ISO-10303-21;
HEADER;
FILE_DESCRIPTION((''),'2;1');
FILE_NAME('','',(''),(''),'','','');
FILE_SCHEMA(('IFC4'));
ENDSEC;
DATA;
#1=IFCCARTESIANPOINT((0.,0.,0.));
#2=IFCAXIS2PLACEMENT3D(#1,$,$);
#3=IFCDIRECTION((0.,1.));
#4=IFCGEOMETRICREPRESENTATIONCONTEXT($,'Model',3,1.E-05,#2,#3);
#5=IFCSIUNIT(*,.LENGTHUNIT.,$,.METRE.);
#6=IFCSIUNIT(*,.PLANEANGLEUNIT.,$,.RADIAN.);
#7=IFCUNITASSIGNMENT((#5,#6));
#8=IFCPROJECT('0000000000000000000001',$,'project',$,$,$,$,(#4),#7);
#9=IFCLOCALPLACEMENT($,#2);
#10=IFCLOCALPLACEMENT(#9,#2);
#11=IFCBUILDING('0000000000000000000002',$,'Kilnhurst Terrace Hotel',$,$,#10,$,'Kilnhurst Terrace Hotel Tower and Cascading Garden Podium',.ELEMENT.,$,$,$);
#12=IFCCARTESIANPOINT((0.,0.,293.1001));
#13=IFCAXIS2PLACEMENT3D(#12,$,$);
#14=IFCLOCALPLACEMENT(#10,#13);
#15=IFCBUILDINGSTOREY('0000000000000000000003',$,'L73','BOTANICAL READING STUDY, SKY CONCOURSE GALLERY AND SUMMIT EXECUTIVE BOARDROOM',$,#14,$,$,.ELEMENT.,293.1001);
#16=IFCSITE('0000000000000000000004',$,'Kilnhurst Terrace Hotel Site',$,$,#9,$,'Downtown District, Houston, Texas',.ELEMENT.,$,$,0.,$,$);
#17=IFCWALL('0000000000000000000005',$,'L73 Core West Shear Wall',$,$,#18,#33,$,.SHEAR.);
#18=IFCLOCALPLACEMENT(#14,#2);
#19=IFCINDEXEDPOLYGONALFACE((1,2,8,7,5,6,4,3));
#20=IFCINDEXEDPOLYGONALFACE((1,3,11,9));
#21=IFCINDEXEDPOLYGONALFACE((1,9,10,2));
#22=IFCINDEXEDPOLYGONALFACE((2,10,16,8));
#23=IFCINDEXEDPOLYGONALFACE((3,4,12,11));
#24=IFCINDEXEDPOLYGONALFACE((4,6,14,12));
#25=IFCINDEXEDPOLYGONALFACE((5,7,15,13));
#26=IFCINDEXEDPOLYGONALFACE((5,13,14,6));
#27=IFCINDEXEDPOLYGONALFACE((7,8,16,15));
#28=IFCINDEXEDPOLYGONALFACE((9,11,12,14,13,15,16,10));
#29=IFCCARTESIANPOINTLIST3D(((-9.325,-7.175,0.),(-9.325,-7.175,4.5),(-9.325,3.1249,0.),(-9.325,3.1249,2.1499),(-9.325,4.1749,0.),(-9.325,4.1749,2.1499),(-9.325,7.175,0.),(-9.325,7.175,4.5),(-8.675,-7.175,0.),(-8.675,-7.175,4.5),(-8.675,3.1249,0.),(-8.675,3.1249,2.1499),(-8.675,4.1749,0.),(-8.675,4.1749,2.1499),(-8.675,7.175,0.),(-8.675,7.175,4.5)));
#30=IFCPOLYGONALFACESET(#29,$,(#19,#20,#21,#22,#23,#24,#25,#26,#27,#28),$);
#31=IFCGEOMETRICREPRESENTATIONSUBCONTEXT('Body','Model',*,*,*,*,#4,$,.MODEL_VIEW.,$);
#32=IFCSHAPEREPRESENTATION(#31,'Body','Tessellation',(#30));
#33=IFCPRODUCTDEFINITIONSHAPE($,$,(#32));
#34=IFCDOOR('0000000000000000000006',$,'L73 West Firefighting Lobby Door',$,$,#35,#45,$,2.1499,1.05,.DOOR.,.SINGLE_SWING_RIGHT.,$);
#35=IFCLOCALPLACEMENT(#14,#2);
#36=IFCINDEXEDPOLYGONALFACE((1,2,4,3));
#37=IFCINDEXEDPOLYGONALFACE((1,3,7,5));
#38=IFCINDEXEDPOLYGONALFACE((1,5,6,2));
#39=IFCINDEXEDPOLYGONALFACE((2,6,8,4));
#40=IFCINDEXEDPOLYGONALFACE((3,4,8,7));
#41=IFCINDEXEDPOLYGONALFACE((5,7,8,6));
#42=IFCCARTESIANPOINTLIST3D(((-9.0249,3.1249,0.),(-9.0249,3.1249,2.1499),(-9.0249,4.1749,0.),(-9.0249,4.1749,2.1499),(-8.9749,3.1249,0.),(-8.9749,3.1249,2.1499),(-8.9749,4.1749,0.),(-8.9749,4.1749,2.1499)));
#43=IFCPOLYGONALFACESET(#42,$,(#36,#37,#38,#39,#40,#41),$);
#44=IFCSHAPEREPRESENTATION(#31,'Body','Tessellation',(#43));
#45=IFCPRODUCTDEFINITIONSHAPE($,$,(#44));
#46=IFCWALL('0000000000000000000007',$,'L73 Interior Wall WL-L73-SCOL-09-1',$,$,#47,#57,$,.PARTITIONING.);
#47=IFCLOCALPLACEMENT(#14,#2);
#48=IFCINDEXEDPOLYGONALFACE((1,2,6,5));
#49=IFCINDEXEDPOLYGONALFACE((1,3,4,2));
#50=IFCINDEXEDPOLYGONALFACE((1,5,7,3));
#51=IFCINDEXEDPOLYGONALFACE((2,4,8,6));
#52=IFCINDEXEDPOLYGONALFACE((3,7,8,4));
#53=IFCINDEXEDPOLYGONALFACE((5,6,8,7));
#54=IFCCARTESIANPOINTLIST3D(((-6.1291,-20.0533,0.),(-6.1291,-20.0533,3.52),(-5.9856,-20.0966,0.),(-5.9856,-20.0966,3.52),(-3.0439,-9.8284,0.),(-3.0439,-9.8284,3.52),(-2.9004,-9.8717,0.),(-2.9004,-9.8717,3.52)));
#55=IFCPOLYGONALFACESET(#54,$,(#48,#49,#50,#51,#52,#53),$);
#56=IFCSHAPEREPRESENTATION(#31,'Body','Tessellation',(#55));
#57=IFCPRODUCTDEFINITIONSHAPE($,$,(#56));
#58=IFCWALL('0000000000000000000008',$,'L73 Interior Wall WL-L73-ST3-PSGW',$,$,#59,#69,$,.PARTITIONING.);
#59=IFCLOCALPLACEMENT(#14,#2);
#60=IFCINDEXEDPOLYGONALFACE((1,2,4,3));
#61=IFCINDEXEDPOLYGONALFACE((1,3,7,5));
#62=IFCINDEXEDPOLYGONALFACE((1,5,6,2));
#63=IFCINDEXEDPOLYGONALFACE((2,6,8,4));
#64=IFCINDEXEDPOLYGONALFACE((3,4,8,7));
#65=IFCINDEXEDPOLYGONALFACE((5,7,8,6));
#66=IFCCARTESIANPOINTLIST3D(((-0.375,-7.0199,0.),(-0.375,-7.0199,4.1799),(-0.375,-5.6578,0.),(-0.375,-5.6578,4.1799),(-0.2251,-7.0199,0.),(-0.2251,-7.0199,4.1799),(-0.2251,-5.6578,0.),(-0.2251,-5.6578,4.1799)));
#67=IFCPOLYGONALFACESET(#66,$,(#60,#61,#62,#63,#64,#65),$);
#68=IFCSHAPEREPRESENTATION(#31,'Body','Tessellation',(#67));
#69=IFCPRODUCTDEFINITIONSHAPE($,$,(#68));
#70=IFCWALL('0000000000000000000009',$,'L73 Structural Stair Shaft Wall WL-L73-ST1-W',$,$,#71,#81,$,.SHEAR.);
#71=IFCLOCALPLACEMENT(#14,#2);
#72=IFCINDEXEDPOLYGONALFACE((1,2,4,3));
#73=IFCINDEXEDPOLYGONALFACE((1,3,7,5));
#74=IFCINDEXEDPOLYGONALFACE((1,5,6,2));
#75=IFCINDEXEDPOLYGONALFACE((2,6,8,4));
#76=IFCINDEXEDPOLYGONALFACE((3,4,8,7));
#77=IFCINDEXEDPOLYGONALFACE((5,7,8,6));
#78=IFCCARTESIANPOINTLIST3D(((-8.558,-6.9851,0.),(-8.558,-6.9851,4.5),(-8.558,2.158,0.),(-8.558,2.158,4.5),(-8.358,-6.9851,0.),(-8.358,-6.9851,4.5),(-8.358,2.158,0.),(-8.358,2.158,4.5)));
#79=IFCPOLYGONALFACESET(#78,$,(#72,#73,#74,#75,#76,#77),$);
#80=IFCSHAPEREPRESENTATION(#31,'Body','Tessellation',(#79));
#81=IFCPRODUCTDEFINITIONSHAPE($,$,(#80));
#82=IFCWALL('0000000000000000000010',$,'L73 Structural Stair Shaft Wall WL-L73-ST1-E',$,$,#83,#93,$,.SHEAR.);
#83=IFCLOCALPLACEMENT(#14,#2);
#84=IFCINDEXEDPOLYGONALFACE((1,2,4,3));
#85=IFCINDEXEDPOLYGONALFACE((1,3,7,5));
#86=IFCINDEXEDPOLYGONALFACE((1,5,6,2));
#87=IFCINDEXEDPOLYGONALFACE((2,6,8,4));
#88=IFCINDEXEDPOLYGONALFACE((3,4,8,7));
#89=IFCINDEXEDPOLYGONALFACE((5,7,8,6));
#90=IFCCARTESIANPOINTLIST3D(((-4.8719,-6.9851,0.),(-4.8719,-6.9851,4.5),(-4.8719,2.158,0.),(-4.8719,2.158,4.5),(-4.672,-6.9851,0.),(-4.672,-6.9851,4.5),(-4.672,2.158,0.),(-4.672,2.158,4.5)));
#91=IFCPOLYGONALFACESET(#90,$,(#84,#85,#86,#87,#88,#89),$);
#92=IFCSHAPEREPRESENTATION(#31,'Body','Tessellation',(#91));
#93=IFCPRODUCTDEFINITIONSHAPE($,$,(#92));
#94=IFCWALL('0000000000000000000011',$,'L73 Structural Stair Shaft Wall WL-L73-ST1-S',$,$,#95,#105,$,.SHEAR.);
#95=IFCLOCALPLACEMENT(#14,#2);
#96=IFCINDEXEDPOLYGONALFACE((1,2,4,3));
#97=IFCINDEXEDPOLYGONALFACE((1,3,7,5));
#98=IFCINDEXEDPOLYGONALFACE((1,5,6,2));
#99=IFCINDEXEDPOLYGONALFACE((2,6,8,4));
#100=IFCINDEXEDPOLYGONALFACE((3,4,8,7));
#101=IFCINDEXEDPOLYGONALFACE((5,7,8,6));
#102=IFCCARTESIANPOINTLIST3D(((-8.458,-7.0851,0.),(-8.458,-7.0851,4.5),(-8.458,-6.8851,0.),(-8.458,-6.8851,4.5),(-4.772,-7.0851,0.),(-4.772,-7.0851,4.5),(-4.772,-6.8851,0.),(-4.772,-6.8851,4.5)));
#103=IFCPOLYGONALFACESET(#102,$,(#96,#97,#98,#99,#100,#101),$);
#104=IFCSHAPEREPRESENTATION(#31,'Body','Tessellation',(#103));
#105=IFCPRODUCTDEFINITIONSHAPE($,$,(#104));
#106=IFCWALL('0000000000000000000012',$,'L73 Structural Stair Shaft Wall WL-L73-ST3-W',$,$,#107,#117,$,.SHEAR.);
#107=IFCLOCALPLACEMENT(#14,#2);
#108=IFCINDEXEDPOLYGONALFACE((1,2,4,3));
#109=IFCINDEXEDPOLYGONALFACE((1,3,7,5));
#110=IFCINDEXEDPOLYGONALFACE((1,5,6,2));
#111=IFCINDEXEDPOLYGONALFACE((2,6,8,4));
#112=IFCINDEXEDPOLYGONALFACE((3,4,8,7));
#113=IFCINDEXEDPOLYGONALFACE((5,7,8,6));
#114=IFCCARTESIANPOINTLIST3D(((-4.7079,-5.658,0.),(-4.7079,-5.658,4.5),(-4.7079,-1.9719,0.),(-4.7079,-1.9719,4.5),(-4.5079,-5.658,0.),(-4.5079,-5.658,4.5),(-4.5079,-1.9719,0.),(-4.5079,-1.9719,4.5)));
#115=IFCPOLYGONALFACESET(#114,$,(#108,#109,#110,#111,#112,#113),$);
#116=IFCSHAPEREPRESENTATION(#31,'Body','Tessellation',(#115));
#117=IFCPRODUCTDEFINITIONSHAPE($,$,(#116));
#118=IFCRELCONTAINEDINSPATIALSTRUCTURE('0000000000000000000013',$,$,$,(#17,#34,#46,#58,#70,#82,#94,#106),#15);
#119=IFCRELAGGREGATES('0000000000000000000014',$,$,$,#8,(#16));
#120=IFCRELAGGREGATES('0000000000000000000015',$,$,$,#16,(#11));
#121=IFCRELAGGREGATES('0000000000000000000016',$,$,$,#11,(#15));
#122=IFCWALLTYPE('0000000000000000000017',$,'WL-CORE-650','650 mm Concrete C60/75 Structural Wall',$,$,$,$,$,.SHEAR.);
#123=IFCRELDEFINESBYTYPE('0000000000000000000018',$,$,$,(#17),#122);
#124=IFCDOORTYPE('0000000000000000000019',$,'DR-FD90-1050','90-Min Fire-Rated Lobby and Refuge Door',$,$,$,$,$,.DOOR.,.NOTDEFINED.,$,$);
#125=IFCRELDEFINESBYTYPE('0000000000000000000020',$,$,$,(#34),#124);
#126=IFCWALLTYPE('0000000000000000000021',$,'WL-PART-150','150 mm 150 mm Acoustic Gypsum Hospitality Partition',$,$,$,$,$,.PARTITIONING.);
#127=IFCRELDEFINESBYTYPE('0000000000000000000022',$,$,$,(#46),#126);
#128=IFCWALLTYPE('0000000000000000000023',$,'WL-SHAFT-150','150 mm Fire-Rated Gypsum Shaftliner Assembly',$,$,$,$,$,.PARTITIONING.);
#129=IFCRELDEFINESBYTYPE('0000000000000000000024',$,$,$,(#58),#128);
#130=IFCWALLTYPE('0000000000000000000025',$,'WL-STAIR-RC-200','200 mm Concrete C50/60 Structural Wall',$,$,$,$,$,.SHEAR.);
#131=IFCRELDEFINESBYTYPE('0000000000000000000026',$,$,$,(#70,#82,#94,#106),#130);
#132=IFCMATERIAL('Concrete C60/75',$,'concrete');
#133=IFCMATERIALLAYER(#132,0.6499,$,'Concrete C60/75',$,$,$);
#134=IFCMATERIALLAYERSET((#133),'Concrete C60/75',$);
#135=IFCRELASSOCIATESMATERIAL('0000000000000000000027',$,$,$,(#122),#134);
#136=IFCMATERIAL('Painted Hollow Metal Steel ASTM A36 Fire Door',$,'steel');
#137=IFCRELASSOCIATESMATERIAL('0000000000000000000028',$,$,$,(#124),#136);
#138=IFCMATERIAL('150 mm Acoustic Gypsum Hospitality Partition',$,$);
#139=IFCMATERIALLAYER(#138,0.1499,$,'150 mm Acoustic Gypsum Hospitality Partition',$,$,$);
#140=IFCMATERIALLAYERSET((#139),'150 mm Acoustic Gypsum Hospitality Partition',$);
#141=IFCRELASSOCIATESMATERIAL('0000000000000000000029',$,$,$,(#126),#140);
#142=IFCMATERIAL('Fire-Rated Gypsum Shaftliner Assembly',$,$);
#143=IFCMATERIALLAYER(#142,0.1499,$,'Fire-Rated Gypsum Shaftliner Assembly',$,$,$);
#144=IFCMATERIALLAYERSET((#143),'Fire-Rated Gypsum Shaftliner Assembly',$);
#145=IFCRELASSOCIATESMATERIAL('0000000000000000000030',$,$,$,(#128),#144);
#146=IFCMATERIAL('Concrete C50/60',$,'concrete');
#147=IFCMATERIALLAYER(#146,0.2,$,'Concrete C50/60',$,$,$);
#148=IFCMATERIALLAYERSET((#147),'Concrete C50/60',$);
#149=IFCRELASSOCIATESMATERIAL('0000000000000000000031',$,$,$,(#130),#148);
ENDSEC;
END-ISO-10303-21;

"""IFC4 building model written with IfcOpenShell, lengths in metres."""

from ifc_helpers import new_model, si_unit, direction, frame, frame_2d, origin, place, context, subcontext, project, spatial, rectangle, extrude, material, layer, layer_set, type_object, element, fill, save


model = new_model("IFC4")

# Units and contexts
model_context = context("Model", 3, precision=1e-05, world=origin(), true_north=direction((0.0, 1.0)))
body_context = subcontext(model_context, "Body", "Model", "MODEL_VIEW")
ifc_project = project(units=[si_unit("LENGTHUNIT", "METRE"), si_unit("PLANEANGLEUNIT", "RADIAN")], contexts=[model_context])

# Site, building, storey
site_placement = place(None, origin())
site = spatial("IfcSite", under=ifc_project, at=site_placement, Name="Kilnhurst Terrace Hotel Site", LongName="Downtown District, Houston, Texas", CompositionType="ELEMENT", RefElevation=0.0)
building_placement = place(site_placement, origin())
building = spatial("IfcBuilding", under=site, at=building_placement, Name="Kilnhurst Terrace Hotel", LongName="Kilnhurst Terrace Hotel Tower and Cascading Garden Podium", CompositionType="ELEMENT")
storey_placement = place(building_placement, frame((0.0, 0.0, 293.1001)))
storey = spatial("IfcBuildingStorey", under=building, at=storey_placement, Name="L73", Description="BOTANICAL READING STUDY, SKY CONCOURSE GALLERY AND SUMMIT EXECUTIVE BOARDROOM", CompositionType="ELEMENT", Elevation=293.1001)

# Shared definitions
ifc_material_1 = material(Name="Concrete C60/75", Category="concrete")

# Shared definitions
ifc_material_2 = material(Name="Concrete C50/60", Category="concrete")

# Wall, opening, door
ifc_layer_1 = layer(ifc_material_1, 0.6499, Name="Concrete C60/75")
ifc_layer_set_1 = layer_set([ifc_layer_1], Name="Concrete C60/75")
wall_type_1 = type_object("IfcWallType", Name="WL-CORE-650", Description="650 mm Concrete C60/75 Structural Wall", PredefinedType="SHEAR", material=ifc_layer_set_1)
wall_1_placement = place(storey_placement, frame((-9.0, -7.175, 0.0), z_axis=(0.0, 0.0, 1.0), x_axis=(0.0, 1.0, 0.0)))
wall_1 = element("IfcWall", 1, at=wall_1_placement, inside=storey, type_object=wall_type_1, Name="L73 Core West Shear Wall", PredefinedType="SHEAR", context=body_context, shape_type="SweptSolid", body=[
    extrude(rectangle(XDim=14.3501, YDim=0.6499, at=frame_2d((7.175, 0.0))), origin(), (0.0, 0.0, 1.0), 4.5),
])
opening_placement = place(wall_1_placement, frame((10.3, 0.0, 0.0)))
opening = element("IfcOpeningElement", 2, at=opening_placement, cuts=wall_1, PredefinedType="OPENING", context=body_context, shape_type="SweptSolid", body=[
    extrude(rectangle(XDim=1.05, YDim=2.1499, at=frame_2d((0.5249, 1.075))), frame((0.0, 0.335, 0.0), z_axis=(0.0, -1.0, 0.0), x_axis=(1.0, 0.0, 0.0)), (0.0, 0.0, 1.0), 0.6699),
])
ifc_material_3 = material(Name="Painted Hollow Metal Steel ASTM A36 Fire Door", Category="steel")
door_type = type_object("IfcDoorType", Name="DR-FD90-1050", Description="90-Min Fire-Rated Lobby and Refuge Door", OperationType="NOTDEFINED", PredefinedType="DOOR", material=ifc_material_3)
door_placement = place(opening_placement, origin())
door = element("IfcDoor", 3, at=door_placement, inside=storey, type_object=door_type, Name="L73 West Firefighting Lobby Door", OperationType="SINGLE_SWING_RIGHT", OverallHeight=2.1499, OverallWidth=1.05, PredefinedType="DOOR", context=body_context, shape_type="SweptSolid", body=[
    extrude(rectangle(XDim=1.05, YDim=2.1499, at=frame_2d((0.5249, 1.075))), frame((0.0, 0.0249, 0.0), z_axis=(0.0, -1.0, 0.0), x_axis=(1.0, 0.0, 0.0)), (0.0, 0.0, 1.0), 0.05),
])
fill(opening, door)

# Walls
ifc_material_4 = material(Name="150 mm Acoustic Gypsum Hospitality Partition")
ifc_layer_2 = layer(ifc_material_4, 0.1499, Name="150 mm Acoustic Gypsum Hospitality Partition")
ifc_layer_set_2 = layer_set([ifc_layer_2], Name="150 mm Acoustic Gypsum Hospitality Partition")
wall_type_2 = type_object("IfcWallType", Name="WL-PART-150", Description="150 mm 150 mm Acoustic Gypsum Hospitality Partition", PredefinedType="PARTITIONING", material=ifc_layer_set_2)
wall_2_placement = place(storey_placement, frame((-2.9722, -9.8501, 0.0), z_axis=(0.0, 0.0, 1.0), x_axis=(-0.288872, -0.957368, 0.0)))
element("IfcWall", 4, at=wall_2_placement, inside=storey, type_object=wall_type_2, Name="L73 Interior Wall WL-L73-SCOL-09-1", PredefinedType="PARTITIONING", context=body_context, shape_type="SweptSolid", body=[
    extrude(rectangle(XDim=10.6802, YDim=0.1499, at=frame_2d((5.3401, 0.0))), origin(), (0.0, 0.0, 1.0), 3.52),
])
ifc_material_5 = material(Name="Fire-Rated Gypsum Shaftliner Assembly")
ifc_layer_3 = layer(ifc_material_5, 0.1499, Name="Fire-Rated Gypsum Shaftliner Assembly")
ifc_layer_set_3 = layer_set([ifc_layer_3], Name="Fire-Rated Gypsum Shaftliner Assembly")
wall_type_3 = type_object("IfcWallType", Name="WL-SHAFT-150", Description="150 mm Fire-Rated Gypsum Shaftliner Assembly", PredefinedType="PARTITIONING", material=ifc_layer_set_3)
wall_3_placement = place(storey_placement, frame((-0.3, -7.02, 0.0), z_axis=(0.0, 0.0, 1.0), x_axis=(0.0, 1.0, 0.0)))
element("IfcWall", 5, at=wall_3_placement, inside=storey, type_object=wall_type_3, Name="L73 Interior Wall WL-L73-ST3-PSGW", PredefinedType="PARTITIONING", context=body_context, shape_type="SweptSolid", body=[
    extrude(rectangle(XDim=1.3621, YDim=0.1499, at=frame_2d((0.6812, 0.0))), origin(), (0.0, 0.0, 1.0), 4.1799),
])
ifc_layer_4 = layer(ifc_material_2, 0.2, Name="Concrete C50/60")
ifc_layer_set_4 = layer_set([ifc_layer_4], Name="Concrete C50/60")
wall_type_4 = type_object("IfcWallType", Name="WL-STAIR-RC-200", Description="200 mm Concrete C50/60 Structural Wall", PredefinedType="SHEAR", material=ifc_layer_set_4)
for number, where, z_axis, x_axis, name in (
    (6, (-8.458, -6.9851, 0.0), (0.0, 0.0, 1.0), (0.0, 1.0, 0.0), "L73 Structural Stair Shaft Wall WL-L73-ST1-W"),
    (7, (-4.772, -6.9851, 0.0), (0.0, 0.0, 1.0), (0.0, 1.0, 0.0), "L73 Structural Stair Shaft Wall WL-L73-ST1-E"),
):
    element("IfcWall", number, at=place(storey_placement, frame(where, z_axis=z_axis, x_axis=x_axis)), inside=storey, type_object=wall_type_4, Name=name, PredefinedType="SHEAR", context=body_context, shape_type="SweptSolid", body=[
        extrude(rectangle(XDim=9.1431, YDim=0.2, at=frame_2d((4.5715, 0.0))), origin(), (0.0, 0.0, 1.0), 4.5),
    ])
for number, where, z_axis, x_axis, name in (
    (8, (-8.458, -6.9851, 0.0), (0.0, 0.0, 1.0), (1.0, 0.0, 0.0), "L73 Structural Stair Shaft Wall WL-L73-ST1-S"),
    (9, (-4.6079, -5.658, 0.0), (0.0, 0.0, 1.0), (0.0, 1.0, 0.0), "L73 Structural Stair Shaft Wall WL-L73-ST3-W"),
):
    element("IfcWall", number, at=place(storey_placement, frame(where, z_axis=z_axis, x_axis=x_axis)), inside=storey, type_object=wall_type_4, Name=name, PredefinedType="SHEAR", context=body_context, shape_type="SweptSolid", body=[
        extrude(rectangle(XDim=3.686, YDim=0.2, at=frame_2d((1.843, 0.0))), origin(), (0.0, 0.0, 1.0), 4.5),
    ])

save(model, "model.ifc")
